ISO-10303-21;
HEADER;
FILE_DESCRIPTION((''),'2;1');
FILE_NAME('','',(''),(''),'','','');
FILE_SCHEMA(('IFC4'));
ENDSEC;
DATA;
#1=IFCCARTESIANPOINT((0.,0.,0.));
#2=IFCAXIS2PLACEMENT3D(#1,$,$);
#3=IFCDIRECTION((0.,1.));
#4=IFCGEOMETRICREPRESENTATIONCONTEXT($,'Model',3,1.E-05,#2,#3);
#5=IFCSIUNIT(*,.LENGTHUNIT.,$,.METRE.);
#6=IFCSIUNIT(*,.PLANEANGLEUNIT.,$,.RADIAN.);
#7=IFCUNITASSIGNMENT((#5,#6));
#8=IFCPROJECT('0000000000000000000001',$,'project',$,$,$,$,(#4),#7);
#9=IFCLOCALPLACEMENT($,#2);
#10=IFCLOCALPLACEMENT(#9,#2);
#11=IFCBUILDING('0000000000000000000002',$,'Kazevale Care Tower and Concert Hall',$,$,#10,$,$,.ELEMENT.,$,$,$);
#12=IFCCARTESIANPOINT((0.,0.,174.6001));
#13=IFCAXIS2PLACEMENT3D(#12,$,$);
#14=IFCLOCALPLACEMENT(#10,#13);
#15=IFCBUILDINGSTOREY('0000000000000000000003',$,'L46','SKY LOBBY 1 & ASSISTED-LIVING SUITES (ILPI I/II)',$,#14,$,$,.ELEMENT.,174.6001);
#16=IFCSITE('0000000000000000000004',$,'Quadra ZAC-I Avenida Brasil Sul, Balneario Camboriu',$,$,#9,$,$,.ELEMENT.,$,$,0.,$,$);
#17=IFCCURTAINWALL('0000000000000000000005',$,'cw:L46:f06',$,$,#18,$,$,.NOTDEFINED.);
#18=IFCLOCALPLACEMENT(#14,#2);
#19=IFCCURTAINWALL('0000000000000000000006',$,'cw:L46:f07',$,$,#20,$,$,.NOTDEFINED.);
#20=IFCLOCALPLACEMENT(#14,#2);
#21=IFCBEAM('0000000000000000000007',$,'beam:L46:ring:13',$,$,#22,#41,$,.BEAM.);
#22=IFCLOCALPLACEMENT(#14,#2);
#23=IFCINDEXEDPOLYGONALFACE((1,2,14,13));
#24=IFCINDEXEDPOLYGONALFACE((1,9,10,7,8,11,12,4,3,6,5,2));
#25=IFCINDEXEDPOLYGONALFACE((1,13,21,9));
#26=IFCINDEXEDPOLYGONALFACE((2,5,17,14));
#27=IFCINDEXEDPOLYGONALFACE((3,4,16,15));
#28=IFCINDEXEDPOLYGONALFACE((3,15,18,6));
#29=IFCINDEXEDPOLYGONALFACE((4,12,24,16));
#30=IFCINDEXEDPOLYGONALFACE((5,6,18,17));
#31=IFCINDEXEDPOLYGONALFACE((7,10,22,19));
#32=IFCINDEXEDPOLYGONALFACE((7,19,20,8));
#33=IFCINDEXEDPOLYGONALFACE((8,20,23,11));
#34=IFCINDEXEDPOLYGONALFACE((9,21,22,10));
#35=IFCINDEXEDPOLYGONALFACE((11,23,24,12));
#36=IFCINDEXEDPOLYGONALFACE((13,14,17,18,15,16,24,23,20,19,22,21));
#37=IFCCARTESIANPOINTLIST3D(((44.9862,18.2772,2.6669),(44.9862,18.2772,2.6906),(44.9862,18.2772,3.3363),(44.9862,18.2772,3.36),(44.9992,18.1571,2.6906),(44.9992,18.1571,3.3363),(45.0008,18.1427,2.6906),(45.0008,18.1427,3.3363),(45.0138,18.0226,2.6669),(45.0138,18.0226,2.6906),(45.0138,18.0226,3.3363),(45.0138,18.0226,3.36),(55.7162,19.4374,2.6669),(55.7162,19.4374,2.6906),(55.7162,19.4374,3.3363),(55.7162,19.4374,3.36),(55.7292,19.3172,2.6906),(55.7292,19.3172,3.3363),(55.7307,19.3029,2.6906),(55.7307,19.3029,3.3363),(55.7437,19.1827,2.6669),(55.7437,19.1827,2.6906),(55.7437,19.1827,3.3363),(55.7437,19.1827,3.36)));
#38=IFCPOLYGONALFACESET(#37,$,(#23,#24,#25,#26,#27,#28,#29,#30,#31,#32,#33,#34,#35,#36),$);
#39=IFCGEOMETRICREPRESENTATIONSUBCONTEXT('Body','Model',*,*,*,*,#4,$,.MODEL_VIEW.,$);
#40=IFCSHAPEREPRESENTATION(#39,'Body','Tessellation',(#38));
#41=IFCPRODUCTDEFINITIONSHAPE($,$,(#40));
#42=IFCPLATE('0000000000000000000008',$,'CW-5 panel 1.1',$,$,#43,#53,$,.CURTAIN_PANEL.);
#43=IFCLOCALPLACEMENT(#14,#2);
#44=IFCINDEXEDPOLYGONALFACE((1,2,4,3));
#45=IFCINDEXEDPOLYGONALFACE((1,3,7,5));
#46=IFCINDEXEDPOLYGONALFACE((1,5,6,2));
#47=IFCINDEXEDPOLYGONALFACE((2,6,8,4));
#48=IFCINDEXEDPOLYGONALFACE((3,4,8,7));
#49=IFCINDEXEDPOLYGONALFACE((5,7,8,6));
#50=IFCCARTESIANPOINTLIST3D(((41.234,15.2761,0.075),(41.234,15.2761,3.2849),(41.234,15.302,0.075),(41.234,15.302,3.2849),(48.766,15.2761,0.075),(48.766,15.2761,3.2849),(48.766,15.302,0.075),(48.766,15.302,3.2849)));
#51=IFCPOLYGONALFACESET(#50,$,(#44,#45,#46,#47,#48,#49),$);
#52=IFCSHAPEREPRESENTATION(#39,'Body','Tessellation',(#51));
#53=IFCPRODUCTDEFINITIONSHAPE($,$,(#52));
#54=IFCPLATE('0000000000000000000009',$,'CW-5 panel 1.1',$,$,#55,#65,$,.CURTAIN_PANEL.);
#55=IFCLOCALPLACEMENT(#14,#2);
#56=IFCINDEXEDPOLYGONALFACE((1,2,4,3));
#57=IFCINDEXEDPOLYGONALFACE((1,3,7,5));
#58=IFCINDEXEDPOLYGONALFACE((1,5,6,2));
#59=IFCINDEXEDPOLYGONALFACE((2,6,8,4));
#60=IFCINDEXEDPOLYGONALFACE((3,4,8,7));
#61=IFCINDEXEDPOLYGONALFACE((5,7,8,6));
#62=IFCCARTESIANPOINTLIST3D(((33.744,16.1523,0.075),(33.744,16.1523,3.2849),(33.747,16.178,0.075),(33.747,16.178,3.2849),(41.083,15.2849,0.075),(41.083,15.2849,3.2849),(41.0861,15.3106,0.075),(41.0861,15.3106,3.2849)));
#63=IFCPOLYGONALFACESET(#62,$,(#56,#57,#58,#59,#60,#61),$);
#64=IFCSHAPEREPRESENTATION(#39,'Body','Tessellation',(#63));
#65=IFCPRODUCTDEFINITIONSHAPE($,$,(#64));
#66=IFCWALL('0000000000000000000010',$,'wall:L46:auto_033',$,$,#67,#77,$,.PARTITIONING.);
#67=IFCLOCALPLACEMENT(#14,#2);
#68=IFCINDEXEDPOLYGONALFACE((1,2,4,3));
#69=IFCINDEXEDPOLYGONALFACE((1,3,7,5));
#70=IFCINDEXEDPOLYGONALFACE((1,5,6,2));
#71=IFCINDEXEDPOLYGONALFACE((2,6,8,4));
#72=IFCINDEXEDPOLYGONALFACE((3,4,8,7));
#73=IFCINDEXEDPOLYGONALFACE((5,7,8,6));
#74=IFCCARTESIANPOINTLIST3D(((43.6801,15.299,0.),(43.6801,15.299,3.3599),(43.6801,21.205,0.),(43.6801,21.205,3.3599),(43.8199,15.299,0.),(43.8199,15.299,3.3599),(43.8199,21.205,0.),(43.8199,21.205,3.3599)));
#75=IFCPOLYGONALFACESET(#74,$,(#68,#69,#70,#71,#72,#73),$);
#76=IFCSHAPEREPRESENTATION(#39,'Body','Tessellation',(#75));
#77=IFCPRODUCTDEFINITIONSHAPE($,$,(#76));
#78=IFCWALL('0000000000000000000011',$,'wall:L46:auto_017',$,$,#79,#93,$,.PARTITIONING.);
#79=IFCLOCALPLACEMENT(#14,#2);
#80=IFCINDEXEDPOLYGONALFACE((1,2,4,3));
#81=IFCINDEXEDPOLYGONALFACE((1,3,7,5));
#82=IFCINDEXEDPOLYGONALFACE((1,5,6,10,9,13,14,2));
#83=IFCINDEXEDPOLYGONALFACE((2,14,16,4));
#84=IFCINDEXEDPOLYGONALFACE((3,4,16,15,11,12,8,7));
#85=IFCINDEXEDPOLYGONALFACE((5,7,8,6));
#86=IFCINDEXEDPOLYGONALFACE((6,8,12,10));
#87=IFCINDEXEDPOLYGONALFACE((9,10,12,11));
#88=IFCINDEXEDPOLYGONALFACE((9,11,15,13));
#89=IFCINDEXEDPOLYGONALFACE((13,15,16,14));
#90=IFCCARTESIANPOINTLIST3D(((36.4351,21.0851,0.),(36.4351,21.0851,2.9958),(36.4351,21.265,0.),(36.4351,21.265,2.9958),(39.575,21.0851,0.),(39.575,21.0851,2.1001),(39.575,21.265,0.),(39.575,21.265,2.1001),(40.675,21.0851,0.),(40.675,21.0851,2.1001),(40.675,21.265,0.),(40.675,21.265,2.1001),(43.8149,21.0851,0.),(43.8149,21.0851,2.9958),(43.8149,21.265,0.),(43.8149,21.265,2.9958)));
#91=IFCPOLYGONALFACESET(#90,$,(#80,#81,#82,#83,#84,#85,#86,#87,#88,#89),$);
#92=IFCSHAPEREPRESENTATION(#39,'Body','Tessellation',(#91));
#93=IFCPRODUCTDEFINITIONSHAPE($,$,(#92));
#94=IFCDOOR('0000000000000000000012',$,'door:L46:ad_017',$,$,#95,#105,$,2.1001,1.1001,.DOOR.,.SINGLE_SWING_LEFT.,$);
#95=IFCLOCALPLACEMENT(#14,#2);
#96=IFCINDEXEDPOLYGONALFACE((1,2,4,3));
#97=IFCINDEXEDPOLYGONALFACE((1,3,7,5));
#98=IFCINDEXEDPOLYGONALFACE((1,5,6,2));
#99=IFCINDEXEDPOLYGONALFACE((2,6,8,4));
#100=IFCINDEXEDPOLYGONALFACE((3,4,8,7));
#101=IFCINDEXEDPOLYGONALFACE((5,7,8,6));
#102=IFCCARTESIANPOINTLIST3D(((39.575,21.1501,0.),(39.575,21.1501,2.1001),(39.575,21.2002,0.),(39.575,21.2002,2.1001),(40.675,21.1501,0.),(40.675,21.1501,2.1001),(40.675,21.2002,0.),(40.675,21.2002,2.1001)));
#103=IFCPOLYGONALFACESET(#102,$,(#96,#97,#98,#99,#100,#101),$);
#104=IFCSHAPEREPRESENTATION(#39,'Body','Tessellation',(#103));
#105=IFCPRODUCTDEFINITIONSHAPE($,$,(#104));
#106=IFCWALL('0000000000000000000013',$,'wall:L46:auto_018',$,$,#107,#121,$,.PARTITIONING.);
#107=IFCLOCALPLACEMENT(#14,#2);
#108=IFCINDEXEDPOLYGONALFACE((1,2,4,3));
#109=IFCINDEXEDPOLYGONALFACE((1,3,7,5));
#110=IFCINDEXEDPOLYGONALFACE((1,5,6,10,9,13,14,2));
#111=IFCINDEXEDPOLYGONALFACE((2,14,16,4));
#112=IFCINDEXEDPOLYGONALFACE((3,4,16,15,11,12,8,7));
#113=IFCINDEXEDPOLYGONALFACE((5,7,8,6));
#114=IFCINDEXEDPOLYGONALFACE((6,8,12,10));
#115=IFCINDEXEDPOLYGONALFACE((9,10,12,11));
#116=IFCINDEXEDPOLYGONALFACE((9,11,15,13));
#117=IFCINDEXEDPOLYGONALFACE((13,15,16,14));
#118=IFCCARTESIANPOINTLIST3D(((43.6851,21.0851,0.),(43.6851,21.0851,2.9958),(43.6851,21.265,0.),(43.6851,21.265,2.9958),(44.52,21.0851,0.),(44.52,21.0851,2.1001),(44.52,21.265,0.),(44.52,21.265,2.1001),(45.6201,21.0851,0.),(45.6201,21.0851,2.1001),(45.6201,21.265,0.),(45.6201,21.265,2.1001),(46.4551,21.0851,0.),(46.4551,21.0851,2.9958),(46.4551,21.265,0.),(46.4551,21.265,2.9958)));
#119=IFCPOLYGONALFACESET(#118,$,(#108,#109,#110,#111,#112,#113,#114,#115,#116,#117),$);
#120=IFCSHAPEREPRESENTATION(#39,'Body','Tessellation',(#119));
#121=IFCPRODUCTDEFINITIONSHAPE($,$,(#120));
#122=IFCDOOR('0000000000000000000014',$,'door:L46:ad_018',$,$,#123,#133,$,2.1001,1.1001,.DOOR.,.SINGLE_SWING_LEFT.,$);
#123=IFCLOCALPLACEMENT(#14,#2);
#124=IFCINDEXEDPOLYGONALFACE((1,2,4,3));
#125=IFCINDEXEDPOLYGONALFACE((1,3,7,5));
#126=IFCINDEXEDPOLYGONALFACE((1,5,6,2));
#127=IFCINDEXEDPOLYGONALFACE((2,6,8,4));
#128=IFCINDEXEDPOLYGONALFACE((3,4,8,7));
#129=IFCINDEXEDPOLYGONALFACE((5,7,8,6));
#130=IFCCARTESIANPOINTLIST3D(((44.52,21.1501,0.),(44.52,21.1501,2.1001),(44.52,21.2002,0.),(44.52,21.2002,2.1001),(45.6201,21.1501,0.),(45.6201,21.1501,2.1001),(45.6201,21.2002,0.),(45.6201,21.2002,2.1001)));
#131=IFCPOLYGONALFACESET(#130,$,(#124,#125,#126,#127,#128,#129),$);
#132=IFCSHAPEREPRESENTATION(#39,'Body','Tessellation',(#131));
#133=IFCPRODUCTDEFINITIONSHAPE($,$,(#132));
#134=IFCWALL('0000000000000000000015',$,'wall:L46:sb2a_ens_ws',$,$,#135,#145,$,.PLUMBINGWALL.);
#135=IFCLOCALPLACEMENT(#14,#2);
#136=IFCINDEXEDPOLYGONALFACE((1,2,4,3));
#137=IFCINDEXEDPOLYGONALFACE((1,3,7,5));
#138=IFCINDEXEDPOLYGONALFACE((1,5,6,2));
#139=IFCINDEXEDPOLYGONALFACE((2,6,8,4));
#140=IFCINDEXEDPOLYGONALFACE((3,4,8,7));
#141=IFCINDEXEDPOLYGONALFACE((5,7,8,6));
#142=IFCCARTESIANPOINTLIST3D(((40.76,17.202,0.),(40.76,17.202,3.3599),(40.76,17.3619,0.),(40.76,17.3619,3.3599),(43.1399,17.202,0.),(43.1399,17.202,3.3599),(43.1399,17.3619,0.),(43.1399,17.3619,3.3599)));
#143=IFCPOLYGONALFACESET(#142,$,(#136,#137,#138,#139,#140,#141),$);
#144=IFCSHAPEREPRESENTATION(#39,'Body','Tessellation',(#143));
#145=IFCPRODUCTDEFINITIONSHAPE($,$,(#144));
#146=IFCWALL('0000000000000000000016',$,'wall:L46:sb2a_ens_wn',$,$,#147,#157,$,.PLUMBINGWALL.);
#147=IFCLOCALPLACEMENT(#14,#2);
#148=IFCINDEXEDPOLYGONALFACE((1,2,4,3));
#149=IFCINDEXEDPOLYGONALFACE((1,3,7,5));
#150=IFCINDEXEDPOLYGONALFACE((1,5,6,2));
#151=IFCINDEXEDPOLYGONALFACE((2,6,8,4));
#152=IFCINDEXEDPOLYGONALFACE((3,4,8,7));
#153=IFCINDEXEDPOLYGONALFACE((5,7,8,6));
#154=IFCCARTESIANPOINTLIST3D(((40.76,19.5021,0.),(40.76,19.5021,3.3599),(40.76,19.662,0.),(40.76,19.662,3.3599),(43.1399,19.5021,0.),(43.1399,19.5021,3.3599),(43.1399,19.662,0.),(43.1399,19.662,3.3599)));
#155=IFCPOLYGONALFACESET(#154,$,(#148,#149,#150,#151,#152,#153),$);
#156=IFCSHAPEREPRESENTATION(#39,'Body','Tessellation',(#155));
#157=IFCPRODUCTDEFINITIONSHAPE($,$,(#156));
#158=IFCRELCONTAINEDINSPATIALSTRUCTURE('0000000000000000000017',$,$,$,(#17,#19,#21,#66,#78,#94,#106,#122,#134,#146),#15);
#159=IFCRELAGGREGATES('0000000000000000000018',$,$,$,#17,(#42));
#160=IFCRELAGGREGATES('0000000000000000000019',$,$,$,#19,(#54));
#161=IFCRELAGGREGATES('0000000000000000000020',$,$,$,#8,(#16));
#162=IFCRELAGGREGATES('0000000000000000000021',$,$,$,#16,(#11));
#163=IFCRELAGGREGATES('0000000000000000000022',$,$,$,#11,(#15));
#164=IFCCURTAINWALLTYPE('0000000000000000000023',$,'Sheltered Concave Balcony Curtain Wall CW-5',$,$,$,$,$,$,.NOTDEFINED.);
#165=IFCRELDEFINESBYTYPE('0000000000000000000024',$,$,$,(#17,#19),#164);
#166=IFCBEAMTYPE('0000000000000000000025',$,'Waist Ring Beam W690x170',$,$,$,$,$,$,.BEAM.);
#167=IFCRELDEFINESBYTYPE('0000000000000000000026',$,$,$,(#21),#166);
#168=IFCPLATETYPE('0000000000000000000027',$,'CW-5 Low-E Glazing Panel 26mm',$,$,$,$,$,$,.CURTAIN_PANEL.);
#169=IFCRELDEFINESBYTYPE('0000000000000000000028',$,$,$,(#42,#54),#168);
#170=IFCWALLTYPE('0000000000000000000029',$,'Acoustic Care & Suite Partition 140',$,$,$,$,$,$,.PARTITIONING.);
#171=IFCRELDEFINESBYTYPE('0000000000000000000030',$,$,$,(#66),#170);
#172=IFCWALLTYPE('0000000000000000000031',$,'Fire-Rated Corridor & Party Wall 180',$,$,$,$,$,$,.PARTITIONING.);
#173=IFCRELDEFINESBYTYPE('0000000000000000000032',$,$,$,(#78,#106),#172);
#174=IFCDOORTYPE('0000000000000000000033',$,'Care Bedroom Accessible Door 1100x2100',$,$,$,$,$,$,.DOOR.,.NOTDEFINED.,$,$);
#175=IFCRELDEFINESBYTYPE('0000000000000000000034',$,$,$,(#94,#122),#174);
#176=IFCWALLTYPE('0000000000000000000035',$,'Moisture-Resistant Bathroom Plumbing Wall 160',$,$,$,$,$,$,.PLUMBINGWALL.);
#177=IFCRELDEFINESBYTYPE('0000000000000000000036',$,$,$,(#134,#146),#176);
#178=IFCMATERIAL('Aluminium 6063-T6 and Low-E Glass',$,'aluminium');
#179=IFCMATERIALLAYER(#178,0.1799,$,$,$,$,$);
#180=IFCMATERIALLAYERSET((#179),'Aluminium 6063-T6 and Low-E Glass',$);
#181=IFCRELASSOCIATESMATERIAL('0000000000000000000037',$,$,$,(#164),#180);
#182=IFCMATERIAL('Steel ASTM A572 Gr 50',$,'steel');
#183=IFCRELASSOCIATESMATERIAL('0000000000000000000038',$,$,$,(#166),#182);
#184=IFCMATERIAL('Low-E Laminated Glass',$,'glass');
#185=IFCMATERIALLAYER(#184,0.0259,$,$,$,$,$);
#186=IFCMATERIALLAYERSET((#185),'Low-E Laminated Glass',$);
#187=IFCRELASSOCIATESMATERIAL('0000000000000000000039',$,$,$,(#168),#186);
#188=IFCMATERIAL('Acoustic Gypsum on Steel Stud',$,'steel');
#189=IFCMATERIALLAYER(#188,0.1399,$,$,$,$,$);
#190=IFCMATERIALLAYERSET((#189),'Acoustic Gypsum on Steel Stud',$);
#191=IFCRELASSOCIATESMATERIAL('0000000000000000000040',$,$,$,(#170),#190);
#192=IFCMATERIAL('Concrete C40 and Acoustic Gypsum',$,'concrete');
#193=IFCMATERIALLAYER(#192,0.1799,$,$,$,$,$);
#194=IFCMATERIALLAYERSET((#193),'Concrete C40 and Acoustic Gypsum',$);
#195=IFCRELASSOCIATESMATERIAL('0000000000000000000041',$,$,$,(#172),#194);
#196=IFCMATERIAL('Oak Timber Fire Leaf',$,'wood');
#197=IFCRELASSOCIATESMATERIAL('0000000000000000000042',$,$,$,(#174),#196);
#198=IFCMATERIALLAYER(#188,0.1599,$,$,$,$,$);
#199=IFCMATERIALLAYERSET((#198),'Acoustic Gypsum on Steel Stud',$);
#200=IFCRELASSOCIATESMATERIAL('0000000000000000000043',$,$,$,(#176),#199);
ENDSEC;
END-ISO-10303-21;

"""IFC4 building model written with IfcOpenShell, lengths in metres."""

from ifc_helpers import new_model, si_unit, direction, frame, frame_2d, origin, origin_2d, place, context, subcontext, project, spatial, rectangle, i_section, extrude, material, layer, layer_set, material_profile, profile_set, type_object, element, fill, aggregate, save


model = new_model("IFC4")

# Units and contexts
model_context = context("Model", 3, precision=1e-05, world=origin(), true_north=direction((0.0, 1.0)))
body_context = subcontext(model_context, "Body", "Model", "MODEL_VIEW")
ifc_project = project(units=[si_unit("LENGTHUNIT", "METRE"), si_unit("PLANEANGLEUNIT", "RADIAN")], contexts=[model_context])

# Site, building, storey
site_placement = place(None, origin())
site = spatial("IfcSite", under=ifc_project, at=site_placement, Name="Quadra ZAC-I Avenida Brasil Sul, Balneario Camboriu", CompositionType="ELEMENT", RefElevation=0.0)
building_placement = place(site_placement, origin())
building = spatial("IfcBuilding", under=site, at=building_placement, Name="Kazevale Care Tower and Concert Hall", CompositionType="ELEMENT")
storey_placement = place(building_placement, frame((0.0, 0.0, 174.6001)))
storey = spatial("IfcBuildingStorey", under=building, at=storey_placement, Name="L46", Description="SKY LOBBY 1 & ASSISTED-LIVING SUITES (ILPI I/II)", CompositionType="ELEMENT", Elevation=174.6001)

# Curtain wall
ifc_material_1 = material(Name="Aluminium 6063-T6 and Low-E Glass", Category="aluminium")
ifc_layer_1 = layer(ifc_material_1, 0.1799)
ifc_layer_set_1 = layer_set([ifc_layer_1], Name="Aluminium 6063-T6 and Low-E Glass")
curtain_wall_type = type_object("IfcCurtainWallType", Name="Sheltered Concave Balcony Curtain Wall CW-5", PredefinedType="NOTDEFINED", material=ifc_layer_set_1)
curtain_wall_1_placement = place(storey_placement, origin())
curtain_wall_1 = element("IfcCurtainWall", 1, at=curtain_wall_1_placement, inside=storey, type_object=curtain_wall_type, Name="cw:L46:f06", PredefinedType="NOTDEFINED")

# Curtain wall
curtain_wall_2_placement = place(storey_placement, origin())
curtain_wall_2 = element("IfcCurtainWall", 2, at=curtain_wall_2_placement, inside=storey, type_object=curtain_wall_type, Name="cw:L46:f07", PredefinedType="NOTDEFINED")

# Beam
ifc_material_2 = material(Name="Steel ASTM A572 Gr 50", Category="steel")
ifc_material_profile_1 = material_profile(ifc_material_2, i_section(OverallWidth=0.2561, OverallDepth=0.6931, WebThickness=0.0144, FlangeThickness=0.0237, at=origin_2d()), Name="W690x170")
ifc_profile_set_1 = profile_set([ifc_material_profile_1], Name="Steel ASTM A572 Gr 50")
beam_type_1 = type_object("IfcBeamType", Name="Waist Ring Beam W690x170", PredefinedType="BEAM", material=ifc_profile_set_1)
beam_1_placement = place(storey_placement, frame((45.0, 18.1499, 3.0134), z_axis=(0.994205, 0.107496, 0.0), x_axis=(-0.107496, 0.994205, 0.0)))
element("IfcBeam", 3, at=beam_1_placement, inside=storey, type_object=beam_type_1, Name="beam:L46:ring:13", PredefinedType="BEAM", context=body_context, shape_type="SweptSolid", body=[
    extrude(i_section(OverallWidth=0.2561, OverallDepth=0.6931, WebThickness=0.0144, FlangeThickness=0.0237, at=origin_2d()), origin(), (0.0, 0.0, 1.0), 10.7925),
])

# Plates
ifc_material_3 = material(Name="Low-E Laminated Glass", Category="glass")
ifc_layer_2 = layer(ifc_material_3, 0.0259)
ifc_layer_set_2 = layer_set([ifc_layer_2], Name="Low-E Laminated Glass")
plate_type = type_object("IfcPlateType", Name="CW-5 Low-E Glazing Panel 26mm", PredefinedType="CURTAIN_PANEL", material=ifc_layer_set_2)
plate_1_placement = place(storey_placement, frame((45.0, 15.2891, 0.075), z_axis=(0.0, 0.0, 1.0), x_axis=(-1.0, 0.0, 0.0)))
plate_1 = element("IfcPlate", 4, at=plate_1_placement, type_object=plate_type, Name="CW-5 panel 1.1", PredefinedType="CURTAIN_PANEL", context=body_context, shape_type="SweptSolid", body=[
    extrude(rectangle(XDim=7.532, YDim=0.0259, at=origin_2d()), origin(), (0.0, 0.0, 1.0), 3.21),
])
aggregate(curtain_wall_1, [plate_1])
plate_2_placement = place(storey_placement, frame((37.415, 15.7314, 0.075), z_axis=(0.0, 0.0, 1.0), x_axis=(-0.993088, 0.117372, 0.0)))
plate_2 = element("IfcPlate", 5, at=plate_2_placement, type_object=plate_type, Name="CW-5 panel 1.1", PredefinedType="CURTAIN_PANEL", context=body_context, shape_type="SweptSolid", body=[
    extrude(rectangle(XDim=7.3901, YDim=0.0259, at=origin_2d()), origin(), (0.0, 0.0, 1.0), 3.21),
])
aggregate(curtain_wall_2, [plate_2])

# Wall
ifc_material_4 = material(Name="Acoustic Gypsum on Steel Stud", Category="steel")
ifc_layer_3 = layer(ifc_material_4, 0.1399)
ifc_layer_set_3 = layer_set([ifc_layer_3], Name="Acoustic Gypsum on Steel Stud")
wall_type_1 = type_object("IfcWallType", Name="Acoustic Care & Suite Partition 140", PredefinedType="PARTITIONING", material=ifc_layer_set_3)
wall_1_placement = place(storey_placement, frame((43.75, 21.2051, 0.0), z_axis=(0.0, 0.0, 1.0), x_axis=(0.0, -1.0, 0.0)))
element("IfcWall", 6, at=wall_1_placement, inside=storey, type_object=wall_type_1, Name="wall:L46:auto_033", PredefinedType="PARTITIONING", context=body_context, shape_type="SweptSolid", body=[
    extrude(rectangle(XDim=5.906, YDim=0.1399, at=frame_2d((2.9531, 0.0))), origin(), (0.0, 0.0, 1.0), 3.3599),
])

# Walls, openings, doors
ifc_material_5 = material(Name="Concrete C40 and Acoustic Gypsum", Category="concrete")
ifc_layer_4 = layer(ifc_material_5, 0.1799)
ifc_layer_set_4 = layer_set([ifc_layer_4], Name="Concrete C40 and Acoustic Gypsum")
wall_type_2 = type_object("IfcWallType", Name="Fire-Rated Corridor & Party Wall 180", PredefinedType="PARTITIONING", material=ifc_layer_set_4)
wall_2_placement = place(storey_placement, frame((43.8149, 21.175, 0.0), z_axis=(0.0, 0.0, 1.0), x_axis=(-1.0, 0.0, 0.0)))
wall_2 = element("IfcWall", 7, at=wall_2_placement, inside=storey, type_object=wall_type_2, Name="wall:L46:auto_017", PredefinedType="PARTITIONING", context=body_context, shape_type="SweptSolid", body=[
    extrude(rectangle(XDim=7.3799, YDim=0.1799, at=frame_2d((3.6899, 0.0))), origin(), (0.0, 0.0, 1.0), 2.9958),
])
opening_1_placement = place(wall_2_placement, frame((3.1399, 0.0, 0.0)))
opening_1 = element("IfcOpeningElement", 8, at=opening_1_placement, cuts=wall_2, PredefinedType="OPENING", context=body_context, shape_type="SweptSolid", body=[
    extrude(rectangle(XDim=1.1001, YDim=2.1001, at=frame_2d((0.55, 1.05))), frame((0.0, 0.0999, 0.0), z_axis=(0.0, -1.0, 0.0), x_axis=(1.0, 0.0, 0.0)), (0.0, 0.0, 1.0), 0.2),
])
ifc_material_6 = material(Name="Oak Timber Fire Leaf", Category="wood")
door_type_1 = type_object("IfcDoorType", Name="Care Bedroom Accessible Door 1100x2100", OperationType="NOTDEFINED", PredefinedType="DOOR", material=ifc_material_6)
door_1_placement = place(opening_1_placement, origin())
door_1 = element("IfcDoor", 9, at=door_1_placement, inside=storey, type_object=door_type_1, Name="door:L46:ad_017", OperationType="SINGLE_SWING_LEFT", OverallHeight=2.1001, OverallWidth=1.1001, PredefinedType="DOOR", context=body_context, shape_type="SweptSolid", body=[
    extrude(rectangle(XDim=1.1001, YDim=2.1001, at=frame_2d((0.55, 1.05))), frame((0.0, 0.0249, 0.0), z_axis=(0.0, -1.0, 0.0), x_axis=(1.0, 0.0, 0.0)), (0.0, 0.0, 1.0), 0.05),
])
fill(opening_1, door_1)
wall_3_placement = place(storey_placement, frame((46.4551, 21.175, 0.0), z_axis=(0.0, 0.0, 1.0), x_axis=(-1.0, 0.0, 0.0)))
wall_3 = element("IfcWall", 10, at=wall_3_placement, inside=storey, type_object=wall_type_2, Name="wall:L46:auto_018", PredefinedType="PARTITIONING", context=body_context, shape_type="SweptSolid", body=[
    extrude(rectangle(XDim=2.77, YDim=0.1799, at=frame_2d((1.385, 0.0))), origin(), (0.0, 0.0, 1.0), 2.9958),
])
opening_2_placement = place(wall_3_placement, frame((0.835, 0.0, 0.0)))
opening_2 = element("IfcOpeningElement", 11, at=opening_2_placement, cuts=wall_3, PredefinedType="OPENING", context=body_context, shape_type="SweptSolid", body=[
    extrude(rectangle(XDim=1.1001, YDim=2.1001, at=frame_2d((0.55, 1.05))), frame((0.0, 0.0999, 0.0), z_axis=(0.0, -1.0, 0.0), x_axis=(1.0, 0.0, 0.0)), (0.0, 0.0, 1.0), 0.2),
])
door_2_placement = place(opening_2_placement, origin())
door_2 = element("IfcDoor", 12, at=door_2_placement, inside=storey, type_object=door_type_1, Name="door:L46:ad_018", OperationType="SINGLE_SWING_LEFT", OverallHeight=2.1001, OverallWidth=1.1001, PredefinedType="DOOR", context=body_context, shape_type="SweptSolid", body=[
    extrude(rectangle(XDim=1.1001, YDim=2.1001, at=frame_2d((0.55, 1.05))), frame((0.0, 0.0249, 0.0), z_axis=(0.0, -1.0, 0.0), x_axis=(1.0, 0.0, 0.0)), (0.0, 0.0, 1.0), 0.05),
])
fill(opening_2, door_2)

# Walls
ifc_layer_5 = layer(ifc_material_4, 0.1599)
ifc_layer_set_5 = layer_set([ifc_layer_5], Name="Acoustic Gypsum on Steel Stud")
wall_type_3 = type_object("IfcWallType", Name="Moisture-Resistant Bathroom Plumbing Wall 160", PredefinedType="PLUMBINGWALL", material=ifc_layer_set_5)
for number, where, z_axis, x_axis, name in (
    (13, (40.76, 17.282, 0.0), (0.0, 0.0, 1.0), (1.0, 0.0, 0.0), "wall:L46:sb2a_ens_ws"),
    (14, (40.76, 19.582, 0.0), (0.0, 0.0, 1.0), (1.0, 0.0, 0.0), "wall:L46:sb2a_ens_wn"),
):
    element("IfcWall", number, at=place(storey_placement, frame(where, z_axis=z_axis, x_axis=x_axis)), inside=storey, type_object=wall_type_3, Name=name, PredefinedType="PLUMBINGWALL", context=body_context, shape_type="SweptSolid", body=[
        extrude(rectangle(XDim=2.3799, YDim=0.1599, at=frame_2d((1.1899, 0.0))), origin(), (0.0, 0.0, 1.0), 3.3599),
    ])

save(model, "model.ifc")
